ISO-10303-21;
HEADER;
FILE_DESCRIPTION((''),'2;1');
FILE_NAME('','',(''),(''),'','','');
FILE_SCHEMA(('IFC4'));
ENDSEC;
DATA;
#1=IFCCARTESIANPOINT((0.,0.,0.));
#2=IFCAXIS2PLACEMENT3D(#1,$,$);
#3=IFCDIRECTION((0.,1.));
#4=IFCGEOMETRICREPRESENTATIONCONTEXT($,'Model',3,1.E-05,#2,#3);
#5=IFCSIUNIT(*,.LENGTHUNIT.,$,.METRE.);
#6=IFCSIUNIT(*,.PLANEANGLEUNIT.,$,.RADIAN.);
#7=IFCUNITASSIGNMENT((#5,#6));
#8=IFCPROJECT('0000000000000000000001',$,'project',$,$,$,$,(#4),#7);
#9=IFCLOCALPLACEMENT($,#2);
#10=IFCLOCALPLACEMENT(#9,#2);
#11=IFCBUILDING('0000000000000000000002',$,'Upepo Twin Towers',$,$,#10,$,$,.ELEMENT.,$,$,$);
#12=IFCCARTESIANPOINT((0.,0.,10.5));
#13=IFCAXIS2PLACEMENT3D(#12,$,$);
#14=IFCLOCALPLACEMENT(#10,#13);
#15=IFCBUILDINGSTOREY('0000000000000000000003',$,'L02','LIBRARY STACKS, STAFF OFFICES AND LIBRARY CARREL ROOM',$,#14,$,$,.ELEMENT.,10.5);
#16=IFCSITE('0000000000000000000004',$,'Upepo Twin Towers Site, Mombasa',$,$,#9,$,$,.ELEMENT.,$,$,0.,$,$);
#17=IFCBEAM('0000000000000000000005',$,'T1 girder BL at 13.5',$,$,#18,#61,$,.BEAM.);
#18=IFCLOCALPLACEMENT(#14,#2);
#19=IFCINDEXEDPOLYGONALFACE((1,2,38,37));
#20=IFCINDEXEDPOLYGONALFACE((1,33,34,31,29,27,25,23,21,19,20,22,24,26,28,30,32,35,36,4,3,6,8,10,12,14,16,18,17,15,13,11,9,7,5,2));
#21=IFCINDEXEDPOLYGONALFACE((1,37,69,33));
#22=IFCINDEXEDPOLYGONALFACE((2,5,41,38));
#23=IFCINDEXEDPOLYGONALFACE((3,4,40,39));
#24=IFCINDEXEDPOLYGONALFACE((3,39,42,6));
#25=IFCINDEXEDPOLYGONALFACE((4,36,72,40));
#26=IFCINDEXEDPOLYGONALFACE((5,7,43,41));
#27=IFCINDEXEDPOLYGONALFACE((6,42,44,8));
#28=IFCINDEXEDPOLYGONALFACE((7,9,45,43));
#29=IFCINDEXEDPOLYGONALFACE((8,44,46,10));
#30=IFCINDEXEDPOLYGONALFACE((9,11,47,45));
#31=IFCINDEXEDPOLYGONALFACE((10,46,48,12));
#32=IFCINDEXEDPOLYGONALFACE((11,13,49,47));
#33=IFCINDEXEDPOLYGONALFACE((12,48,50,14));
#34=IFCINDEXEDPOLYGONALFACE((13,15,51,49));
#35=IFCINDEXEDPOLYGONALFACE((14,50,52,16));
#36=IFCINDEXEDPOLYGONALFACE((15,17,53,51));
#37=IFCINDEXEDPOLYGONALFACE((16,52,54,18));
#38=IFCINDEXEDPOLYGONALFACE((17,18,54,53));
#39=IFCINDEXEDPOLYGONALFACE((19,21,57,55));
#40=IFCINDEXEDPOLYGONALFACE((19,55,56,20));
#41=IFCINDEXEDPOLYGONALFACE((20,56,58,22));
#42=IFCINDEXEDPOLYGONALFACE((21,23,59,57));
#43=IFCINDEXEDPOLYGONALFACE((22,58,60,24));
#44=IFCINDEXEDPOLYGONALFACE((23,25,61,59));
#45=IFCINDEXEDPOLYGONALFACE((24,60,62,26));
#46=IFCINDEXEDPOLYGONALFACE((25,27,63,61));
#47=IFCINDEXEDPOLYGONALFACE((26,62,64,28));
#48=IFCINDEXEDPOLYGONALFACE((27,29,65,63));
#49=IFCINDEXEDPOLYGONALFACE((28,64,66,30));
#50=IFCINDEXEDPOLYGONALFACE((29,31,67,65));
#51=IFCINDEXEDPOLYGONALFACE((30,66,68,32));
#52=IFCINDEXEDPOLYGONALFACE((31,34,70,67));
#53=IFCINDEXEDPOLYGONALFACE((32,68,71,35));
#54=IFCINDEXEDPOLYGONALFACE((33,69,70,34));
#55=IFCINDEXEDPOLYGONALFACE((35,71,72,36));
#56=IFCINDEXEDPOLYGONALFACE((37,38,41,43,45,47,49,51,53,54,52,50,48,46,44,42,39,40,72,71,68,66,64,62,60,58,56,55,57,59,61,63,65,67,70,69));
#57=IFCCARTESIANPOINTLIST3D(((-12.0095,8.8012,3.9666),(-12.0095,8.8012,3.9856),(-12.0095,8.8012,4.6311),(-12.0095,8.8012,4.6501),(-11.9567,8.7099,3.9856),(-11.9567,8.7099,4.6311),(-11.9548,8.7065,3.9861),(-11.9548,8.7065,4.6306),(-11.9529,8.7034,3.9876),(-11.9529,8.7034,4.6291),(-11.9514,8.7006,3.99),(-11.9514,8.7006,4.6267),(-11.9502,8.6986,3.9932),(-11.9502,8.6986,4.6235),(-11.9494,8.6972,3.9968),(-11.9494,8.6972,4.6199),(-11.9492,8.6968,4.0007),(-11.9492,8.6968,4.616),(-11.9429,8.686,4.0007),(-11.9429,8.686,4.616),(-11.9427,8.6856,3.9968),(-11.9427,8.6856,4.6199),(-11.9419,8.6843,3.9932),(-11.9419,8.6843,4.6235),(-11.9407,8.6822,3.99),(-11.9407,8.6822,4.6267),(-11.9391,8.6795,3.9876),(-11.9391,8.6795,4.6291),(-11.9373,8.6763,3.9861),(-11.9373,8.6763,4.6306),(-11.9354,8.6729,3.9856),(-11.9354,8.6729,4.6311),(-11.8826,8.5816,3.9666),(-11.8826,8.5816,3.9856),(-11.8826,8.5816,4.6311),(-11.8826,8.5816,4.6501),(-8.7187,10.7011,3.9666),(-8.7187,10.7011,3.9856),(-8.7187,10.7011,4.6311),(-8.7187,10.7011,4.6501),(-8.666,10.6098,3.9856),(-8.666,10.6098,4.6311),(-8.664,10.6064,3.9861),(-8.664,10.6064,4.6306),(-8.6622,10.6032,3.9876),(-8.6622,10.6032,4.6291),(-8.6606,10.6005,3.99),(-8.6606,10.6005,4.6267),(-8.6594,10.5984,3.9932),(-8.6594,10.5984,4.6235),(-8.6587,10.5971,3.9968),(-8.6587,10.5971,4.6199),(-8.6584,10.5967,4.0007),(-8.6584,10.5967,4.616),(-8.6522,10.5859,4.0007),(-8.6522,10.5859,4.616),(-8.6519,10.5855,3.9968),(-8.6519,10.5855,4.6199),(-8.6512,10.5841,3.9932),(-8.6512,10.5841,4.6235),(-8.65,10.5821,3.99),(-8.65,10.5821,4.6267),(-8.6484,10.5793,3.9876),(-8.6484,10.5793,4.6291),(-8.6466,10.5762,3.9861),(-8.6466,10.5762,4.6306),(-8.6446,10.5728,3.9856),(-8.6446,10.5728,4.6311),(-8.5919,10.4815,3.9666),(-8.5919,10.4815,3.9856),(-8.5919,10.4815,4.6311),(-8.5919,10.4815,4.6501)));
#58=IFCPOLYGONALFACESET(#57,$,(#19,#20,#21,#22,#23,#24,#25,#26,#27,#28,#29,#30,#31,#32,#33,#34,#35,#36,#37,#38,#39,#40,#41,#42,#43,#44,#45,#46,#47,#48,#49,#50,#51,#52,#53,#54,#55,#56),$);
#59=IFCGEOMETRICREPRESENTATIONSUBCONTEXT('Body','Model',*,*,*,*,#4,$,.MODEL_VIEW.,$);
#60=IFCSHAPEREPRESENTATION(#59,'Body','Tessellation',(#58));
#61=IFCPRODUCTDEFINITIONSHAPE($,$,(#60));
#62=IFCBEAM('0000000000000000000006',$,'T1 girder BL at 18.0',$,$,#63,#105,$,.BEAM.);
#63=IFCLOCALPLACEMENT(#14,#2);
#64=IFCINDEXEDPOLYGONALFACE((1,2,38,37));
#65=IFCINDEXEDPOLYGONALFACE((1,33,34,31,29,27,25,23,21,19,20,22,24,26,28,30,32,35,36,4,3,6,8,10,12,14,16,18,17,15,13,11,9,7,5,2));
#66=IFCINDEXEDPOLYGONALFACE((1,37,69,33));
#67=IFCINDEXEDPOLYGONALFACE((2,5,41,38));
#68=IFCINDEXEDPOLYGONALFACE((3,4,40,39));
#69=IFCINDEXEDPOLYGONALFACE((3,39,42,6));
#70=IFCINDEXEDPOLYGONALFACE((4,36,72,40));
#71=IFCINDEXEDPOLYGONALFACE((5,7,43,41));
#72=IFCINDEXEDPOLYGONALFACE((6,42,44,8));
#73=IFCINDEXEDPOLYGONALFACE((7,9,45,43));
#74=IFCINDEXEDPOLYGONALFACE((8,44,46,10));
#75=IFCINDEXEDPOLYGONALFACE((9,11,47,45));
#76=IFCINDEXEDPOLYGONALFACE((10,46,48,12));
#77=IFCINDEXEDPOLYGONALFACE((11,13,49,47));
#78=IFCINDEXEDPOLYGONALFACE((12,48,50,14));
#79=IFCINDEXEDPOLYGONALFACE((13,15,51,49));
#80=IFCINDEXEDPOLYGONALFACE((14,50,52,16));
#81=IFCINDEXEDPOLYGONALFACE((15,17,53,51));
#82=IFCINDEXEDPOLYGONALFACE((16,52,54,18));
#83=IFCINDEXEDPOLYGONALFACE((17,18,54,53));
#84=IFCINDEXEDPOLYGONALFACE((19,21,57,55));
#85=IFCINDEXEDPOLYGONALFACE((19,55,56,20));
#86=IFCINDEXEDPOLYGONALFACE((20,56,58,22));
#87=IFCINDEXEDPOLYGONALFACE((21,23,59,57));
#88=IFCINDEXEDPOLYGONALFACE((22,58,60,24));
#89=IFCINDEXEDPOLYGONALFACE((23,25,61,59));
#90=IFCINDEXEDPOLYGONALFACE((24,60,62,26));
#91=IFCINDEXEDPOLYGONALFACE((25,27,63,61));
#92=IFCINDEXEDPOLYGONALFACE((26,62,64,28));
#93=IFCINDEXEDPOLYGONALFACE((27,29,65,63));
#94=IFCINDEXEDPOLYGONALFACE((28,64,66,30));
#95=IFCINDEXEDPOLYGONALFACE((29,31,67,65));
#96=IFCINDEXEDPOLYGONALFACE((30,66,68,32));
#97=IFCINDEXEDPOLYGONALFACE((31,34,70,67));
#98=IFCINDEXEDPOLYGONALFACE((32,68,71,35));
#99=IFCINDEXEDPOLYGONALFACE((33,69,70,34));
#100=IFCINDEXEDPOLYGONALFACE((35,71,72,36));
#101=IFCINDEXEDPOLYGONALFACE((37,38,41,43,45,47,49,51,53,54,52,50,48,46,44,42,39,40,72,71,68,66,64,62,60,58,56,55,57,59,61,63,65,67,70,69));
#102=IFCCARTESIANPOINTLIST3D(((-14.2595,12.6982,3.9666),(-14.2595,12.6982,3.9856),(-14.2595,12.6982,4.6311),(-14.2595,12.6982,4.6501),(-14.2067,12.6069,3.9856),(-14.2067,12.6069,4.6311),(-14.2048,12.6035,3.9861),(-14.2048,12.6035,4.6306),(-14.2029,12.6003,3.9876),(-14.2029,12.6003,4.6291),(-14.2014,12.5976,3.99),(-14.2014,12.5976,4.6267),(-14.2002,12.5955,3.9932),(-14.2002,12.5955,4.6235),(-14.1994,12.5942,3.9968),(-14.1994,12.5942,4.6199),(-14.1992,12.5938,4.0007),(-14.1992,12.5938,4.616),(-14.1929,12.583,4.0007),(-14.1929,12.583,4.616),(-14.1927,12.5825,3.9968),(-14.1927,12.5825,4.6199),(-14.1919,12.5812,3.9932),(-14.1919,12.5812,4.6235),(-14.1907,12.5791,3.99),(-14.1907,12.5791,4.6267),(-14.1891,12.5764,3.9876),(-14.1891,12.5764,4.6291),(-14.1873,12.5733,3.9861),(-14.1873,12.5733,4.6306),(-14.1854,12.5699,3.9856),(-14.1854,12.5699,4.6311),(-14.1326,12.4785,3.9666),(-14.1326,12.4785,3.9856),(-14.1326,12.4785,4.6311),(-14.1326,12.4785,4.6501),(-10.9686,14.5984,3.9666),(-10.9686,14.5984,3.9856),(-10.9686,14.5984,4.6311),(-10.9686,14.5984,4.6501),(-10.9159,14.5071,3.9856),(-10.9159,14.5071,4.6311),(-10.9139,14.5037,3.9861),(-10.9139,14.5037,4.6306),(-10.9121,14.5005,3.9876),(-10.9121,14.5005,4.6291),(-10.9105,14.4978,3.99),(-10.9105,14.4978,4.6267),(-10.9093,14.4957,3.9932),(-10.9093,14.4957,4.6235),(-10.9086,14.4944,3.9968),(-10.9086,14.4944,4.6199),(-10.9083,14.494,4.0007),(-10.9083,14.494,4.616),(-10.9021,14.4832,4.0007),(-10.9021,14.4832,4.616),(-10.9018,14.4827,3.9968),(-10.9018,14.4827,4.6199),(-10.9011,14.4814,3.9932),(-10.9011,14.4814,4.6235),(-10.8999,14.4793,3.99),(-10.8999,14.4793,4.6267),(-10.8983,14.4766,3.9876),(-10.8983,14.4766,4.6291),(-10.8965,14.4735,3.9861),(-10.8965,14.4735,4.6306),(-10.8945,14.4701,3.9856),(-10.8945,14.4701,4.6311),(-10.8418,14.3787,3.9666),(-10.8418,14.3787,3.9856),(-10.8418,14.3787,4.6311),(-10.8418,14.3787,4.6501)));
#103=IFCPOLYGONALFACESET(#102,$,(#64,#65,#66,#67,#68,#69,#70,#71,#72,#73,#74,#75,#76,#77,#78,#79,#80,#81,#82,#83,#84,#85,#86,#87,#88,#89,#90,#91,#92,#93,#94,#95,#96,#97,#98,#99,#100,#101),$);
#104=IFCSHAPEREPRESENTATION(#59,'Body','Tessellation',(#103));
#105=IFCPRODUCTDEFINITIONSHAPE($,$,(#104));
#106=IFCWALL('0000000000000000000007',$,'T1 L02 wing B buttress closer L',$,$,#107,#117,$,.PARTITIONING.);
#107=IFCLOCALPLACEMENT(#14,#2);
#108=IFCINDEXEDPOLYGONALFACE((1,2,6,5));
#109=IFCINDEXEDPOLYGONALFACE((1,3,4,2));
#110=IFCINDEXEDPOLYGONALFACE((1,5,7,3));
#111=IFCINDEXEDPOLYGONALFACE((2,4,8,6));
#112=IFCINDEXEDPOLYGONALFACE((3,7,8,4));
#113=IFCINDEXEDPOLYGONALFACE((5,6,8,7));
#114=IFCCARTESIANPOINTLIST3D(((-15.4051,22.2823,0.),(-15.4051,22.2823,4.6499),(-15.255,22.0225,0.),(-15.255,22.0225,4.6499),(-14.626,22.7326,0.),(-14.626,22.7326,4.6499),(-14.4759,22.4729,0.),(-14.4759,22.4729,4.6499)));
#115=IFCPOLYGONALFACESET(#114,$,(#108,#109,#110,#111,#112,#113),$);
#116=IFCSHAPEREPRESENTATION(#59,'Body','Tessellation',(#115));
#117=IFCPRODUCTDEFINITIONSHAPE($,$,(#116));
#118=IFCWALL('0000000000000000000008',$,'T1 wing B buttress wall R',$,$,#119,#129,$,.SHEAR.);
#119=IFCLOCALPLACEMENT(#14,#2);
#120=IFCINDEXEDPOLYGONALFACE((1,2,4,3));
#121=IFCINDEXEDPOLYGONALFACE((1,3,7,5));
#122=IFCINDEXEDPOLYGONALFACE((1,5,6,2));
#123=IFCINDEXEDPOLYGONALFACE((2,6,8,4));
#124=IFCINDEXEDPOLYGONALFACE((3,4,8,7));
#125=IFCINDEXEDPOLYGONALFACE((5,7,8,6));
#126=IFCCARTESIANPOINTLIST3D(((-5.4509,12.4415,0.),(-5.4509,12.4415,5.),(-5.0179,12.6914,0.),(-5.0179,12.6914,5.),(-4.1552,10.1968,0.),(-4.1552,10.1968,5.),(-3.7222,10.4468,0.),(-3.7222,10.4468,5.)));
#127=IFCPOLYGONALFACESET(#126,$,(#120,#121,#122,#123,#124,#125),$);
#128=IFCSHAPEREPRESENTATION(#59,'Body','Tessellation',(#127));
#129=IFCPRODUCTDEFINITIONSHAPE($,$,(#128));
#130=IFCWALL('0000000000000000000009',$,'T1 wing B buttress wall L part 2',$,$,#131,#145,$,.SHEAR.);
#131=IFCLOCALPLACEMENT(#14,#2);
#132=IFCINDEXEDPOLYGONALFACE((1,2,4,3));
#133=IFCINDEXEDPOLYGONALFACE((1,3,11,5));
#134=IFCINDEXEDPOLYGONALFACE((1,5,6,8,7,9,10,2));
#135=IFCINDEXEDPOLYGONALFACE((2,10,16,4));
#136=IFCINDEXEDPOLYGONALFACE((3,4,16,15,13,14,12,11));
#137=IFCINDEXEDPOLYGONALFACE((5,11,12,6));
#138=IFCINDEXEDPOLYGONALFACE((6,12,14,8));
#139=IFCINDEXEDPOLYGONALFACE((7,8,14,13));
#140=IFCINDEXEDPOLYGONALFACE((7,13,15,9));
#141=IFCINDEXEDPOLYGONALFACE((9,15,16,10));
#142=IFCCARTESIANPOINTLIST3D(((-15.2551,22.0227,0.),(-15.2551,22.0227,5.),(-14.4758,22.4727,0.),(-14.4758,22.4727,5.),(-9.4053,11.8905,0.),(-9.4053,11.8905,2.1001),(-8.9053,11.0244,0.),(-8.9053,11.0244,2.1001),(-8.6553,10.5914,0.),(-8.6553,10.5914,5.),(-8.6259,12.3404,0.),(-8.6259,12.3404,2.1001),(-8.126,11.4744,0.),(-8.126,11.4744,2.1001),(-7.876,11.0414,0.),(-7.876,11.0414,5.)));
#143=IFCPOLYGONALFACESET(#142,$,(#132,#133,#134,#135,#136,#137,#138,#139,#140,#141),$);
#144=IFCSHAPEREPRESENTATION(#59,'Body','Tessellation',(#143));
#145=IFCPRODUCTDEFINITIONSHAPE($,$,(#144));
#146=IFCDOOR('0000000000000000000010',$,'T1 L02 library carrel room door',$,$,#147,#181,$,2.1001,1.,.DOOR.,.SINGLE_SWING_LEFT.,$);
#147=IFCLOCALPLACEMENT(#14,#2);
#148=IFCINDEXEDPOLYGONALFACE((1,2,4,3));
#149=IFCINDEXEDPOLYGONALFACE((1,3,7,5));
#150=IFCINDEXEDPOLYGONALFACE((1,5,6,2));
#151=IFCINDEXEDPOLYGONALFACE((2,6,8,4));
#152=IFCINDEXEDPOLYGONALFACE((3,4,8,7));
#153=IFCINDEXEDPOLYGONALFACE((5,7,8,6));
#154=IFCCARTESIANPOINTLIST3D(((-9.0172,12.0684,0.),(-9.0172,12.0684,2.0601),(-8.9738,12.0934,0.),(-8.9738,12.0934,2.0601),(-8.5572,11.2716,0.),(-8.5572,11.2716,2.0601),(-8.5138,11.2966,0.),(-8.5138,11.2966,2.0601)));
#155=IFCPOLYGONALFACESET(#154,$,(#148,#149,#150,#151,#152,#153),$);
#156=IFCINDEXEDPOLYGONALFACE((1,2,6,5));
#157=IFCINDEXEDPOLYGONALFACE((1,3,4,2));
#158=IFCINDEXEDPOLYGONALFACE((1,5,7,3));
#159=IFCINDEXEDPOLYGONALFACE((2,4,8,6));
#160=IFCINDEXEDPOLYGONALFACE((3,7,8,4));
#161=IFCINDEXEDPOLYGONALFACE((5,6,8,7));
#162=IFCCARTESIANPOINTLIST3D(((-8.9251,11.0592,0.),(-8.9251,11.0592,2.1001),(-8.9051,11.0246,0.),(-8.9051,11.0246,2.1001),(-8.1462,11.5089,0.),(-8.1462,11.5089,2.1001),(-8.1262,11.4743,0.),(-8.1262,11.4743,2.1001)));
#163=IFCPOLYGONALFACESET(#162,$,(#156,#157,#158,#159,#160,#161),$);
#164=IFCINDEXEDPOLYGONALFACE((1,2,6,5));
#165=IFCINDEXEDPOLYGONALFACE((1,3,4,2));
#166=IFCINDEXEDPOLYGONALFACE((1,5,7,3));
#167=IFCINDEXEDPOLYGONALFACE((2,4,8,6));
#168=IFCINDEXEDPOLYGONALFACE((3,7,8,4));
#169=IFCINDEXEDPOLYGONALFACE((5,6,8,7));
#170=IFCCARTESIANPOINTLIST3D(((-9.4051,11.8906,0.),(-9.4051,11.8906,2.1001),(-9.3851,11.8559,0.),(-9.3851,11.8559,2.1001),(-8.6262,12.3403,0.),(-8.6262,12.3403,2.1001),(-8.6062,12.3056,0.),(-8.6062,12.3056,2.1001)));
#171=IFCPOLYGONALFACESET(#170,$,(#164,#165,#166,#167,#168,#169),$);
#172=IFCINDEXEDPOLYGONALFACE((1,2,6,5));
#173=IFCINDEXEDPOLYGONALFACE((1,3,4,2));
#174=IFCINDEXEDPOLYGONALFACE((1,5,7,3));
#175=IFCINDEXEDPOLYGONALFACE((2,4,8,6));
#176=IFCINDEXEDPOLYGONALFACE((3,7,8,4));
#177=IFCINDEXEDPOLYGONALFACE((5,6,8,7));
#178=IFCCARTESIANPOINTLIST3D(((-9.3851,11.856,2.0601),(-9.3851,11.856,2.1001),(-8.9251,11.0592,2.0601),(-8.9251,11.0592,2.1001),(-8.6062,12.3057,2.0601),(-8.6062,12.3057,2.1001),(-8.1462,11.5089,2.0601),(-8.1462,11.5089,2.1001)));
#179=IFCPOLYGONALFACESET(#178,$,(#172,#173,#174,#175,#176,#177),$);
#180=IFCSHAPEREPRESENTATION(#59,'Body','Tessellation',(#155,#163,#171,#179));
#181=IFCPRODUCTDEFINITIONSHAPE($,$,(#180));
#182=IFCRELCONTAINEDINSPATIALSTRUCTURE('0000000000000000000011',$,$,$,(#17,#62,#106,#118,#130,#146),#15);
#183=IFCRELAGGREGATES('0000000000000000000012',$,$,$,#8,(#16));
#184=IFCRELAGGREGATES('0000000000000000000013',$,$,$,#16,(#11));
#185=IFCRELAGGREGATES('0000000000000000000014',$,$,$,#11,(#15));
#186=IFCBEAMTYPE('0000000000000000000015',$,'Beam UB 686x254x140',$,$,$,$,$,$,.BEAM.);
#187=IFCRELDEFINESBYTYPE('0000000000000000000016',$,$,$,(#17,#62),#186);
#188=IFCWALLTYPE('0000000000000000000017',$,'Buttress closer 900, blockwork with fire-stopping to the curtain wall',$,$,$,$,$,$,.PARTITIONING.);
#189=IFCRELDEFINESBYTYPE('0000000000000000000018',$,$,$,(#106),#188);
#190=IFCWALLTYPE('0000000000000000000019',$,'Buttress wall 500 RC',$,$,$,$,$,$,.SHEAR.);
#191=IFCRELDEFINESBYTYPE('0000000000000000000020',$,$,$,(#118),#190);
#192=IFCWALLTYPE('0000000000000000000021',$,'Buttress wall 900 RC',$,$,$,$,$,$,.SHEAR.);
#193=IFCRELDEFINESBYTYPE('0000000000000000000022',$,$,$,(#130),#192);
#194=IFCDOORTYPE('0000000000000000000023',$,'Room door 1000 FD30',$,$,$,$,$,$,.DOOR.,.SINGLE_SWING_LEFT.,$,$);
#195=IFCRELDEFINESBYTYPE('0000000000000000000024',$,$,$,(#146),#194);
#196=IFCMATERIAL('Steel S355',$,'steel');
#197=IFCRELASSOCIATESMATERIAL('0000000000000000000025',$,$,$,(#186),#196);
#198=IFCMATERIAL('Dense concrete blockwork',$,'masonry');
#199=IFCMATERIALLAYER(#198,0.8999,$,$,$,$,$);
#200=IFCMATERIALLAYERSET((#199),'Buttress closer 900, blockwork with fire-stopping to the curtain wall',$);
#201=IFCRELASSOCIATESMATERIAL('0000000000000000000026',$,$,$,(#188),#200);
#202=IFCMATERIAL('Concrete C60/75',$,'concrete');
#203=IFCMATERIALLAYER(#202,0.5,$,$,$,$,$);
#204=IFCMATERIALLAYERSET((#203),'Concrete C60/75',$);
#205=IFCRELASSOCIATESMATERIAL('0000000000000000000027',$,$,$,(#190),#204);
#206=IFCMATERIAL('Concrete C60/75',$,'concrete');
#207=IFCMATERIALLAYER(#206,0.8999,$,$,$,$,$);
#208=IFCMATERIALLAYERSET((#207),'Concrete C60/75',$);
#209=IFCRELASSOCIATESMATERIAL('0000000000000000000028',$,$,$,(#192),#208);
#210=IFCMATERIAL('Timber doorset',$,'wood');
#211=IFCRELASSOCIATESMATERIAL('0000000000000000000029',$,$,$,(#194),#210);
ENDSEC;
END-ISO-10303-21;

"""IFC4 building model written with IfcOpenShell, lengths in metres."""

from ifc_helpers import new_model, si_unit, direction, frame, frame_2d, origin, origin_2d, place, context, subcontext, project, spatial, rectangle, i_section, extrude, material, layer, layer_set, material_profile, profile_set, type_object, element, fill, save


model = new_model("IFC4")

# Units and contexts
model_context = context("Model", 3, precision=1e-05, world=origin(), true_north=direction((0.0, 1.0)))
body_context = subcontext(model_context, "Body", "Model", "MODEL_VIEW")
ifc_project = project(units=[si_unit("LENGTHUNIT", "METRE"), si_unit("PLANEANGLEUNIT", "RADIAN")], contexts=[model_context])

# Site, building, storey
site_placement = place(None, origin())
site = spatial("IfcSite", under=ifc_project, at=site_placement, Name="Upepo Twin Towers Site, Mombasa", CompositionType="ELEMENT", RefElevation=0.0)
building_placement = place(site_placement, origin())
building = spatial("IfcBuilding", under=site, at=building_placement, Name="Upepo Twin Towers", CompositionType="ELEMENT")
storey_placement = place(building_placement, frame((0.0, 0.0, 10.5)))
storey = spatial("IfcBuildingStorey", under=building, at=storey_placement, Name="L02", Description="LIBRARY STACKS, STAFF OFFICES AND LIBRARY CARREL ROOM", CompositionType="ELEMENT", Elevation=10.5)

# Beams
ifc_material_1 = material(Name="Steel S355", Category="steel")
ifc_material_profile_1 = material_profile(ifc_material_1, i_section(OverallWidth=0.2537, OverallDepth=0.6836, WebThickness=0.0125, FlangeThickness=0.019, FilletRadius=0.0151, at=origin_2d()), Name="UB 686x254x140")
ifc_profile_set_1 = profile_set([ifc_material_profile_1], Name="Steel S355")
beam_type_1 = type_object("IfcBeamType", Name="Beam UB 686x254x140", PredefinedType="BEAM", material=ifc_profile_set_1)
beam_1_placement = place(storey_placement, frame((-11.946, 8.6914, 4.3083), z_axis=(0.866028, 0.499995, 0.0), x_axis=(-0.499995, 0.866028, 0.0)))
element("IfcBeam", 1, at=beam_1_placement, inside=storey, type_object=beam_type_1, Name="T1 girder BL at 13.5", PredefinedType="BEAM", context=body_context, shape_type="SweptSolid", body=[
    extrude(i_section(OverallWidth=0.2537, OverallDepth=0.6836, WebThickness=0.0125, FlangeThickness=0.019, FilletRadius=0.0151, at=origin_2d()), origin(), (0.0, 0.0, 1.0), 3.7998),
])
beam_2_placement = place(storey_placement, frame((-14.196, 12.5884, 4.3083), z_axis=(0.866, 0.500043, 0.0), x_axis=(-0.500043, 0.866, 0.0)))
element("IfcBeam", 2, at=beam_2_placement, inside=storey, type_object=beam_type_1, Name="T1 girder BL at 18.0", PredefinedType="BEAM", context=body_context, shape_type="SweptSolid", body=[
    extrude(i_section(OverallWidth=0.2537, OverallDepth=0.6836, WebThickness=0.0125, FlangeThickness=0.019, FilletRadius=0.0151, at=origin_2d()), origin(), (0.0, 0.0, 1.0), 3.8),
])

# Walls
ifc_material_2 = material(Name="Dense concrete blockwork", Category="masonry")
ifc_layer_1 = layer(ifc_material_2, 0.8999)
ifc_layer_set_1 = layer_set([ifc_layer_1], Name="Buttress closer 900, blockwork with fire-stopping to the curtain wall")
wall_type_1 = type_object("IfcWallType", Name="Buttress closer 900, blockwork with fire-stopping to the curtain wall", PredefinedType="PARTITIONING", material=ifc_layer_set_1)
wall_1_placement = place(storey_placement, frame((-14.8655, 22.2478, 0.0), z_axis=(0.0, 0.0, 1.0), x_axis=(-0.500427, 0.865779, 0.0)))
element("IfcWall", 3, at=wall_1_placement, inside=storey, type_object=wall_type_1, Name="T1 L02 wing B buttress closer L", PredefinedType="PARTITIONING", context=body_context, shape_type="SweptSolid", body=[
    extrude(rectangle(XDim=0.3, YDim=0.8999, at=frame_2d((0.1499, 0.0))), origin(), (0.0, 0.0, 1.0), 4.6499),
])
ifc_material_3 = material(Name="Concrete C60/75", Category="concrete")
ifc_layer_2 = layer(ifc_material_3, 0.5)
ifc_layer_set_2 = layer_set([ifc_layer_2], Name="Concrete C60/75")
wall_type_2 = type_object("IfcWallType", Name="Buttress wall 500 RC", PredefinedType="SHEAR", material=ifc_layer_set_2)
wall_2_placement = place(storey_placement, frame((-3.9387, 10.3218, 0.0), z_axis=(0.0, 0.0, 1.0), x_axis=(-0.499918, 0.866073, 0.0)))
element("IfcWall", 4, at=wall_2_placement, inside=storey, type_object=wall_type_2, Name="T1 wing B buttress wall R", PredefinedType="SHEAR", context=body_context, shape_type="SweptSolid", body=[
    extrude(rectangle(XDim=2.5918, YDim=0.5, at=frame_2d((1.2959, 0.0))), origin(), (0.0, 0.0, 1.0), 5.0),
])

# Wall, opening, door
ifc_material_4 = material(Name="Concrete C60/75", Category="concrete")
ifc_layer_3 = layer(ifc_material_4, 0.8999)
ifc_layer_set_3 = layer_set([ifc_layer_3], Name="Concrete C60/75")
wall_type_3 = type_object("IfcWallType", Name="Buttress wall 900 RC", PredefinedType="SHEAR", material=ifc_layer_set_3)
wall_3_placement = place(storey_placement, frame((-8.2656, 10.8164, 0.0), z_axis=(0.0, 0.0, 1.0), x_axis=(-0.499996, 0.866028, 0.0)))
wall_3 = element("IfcWall", 5, at=wall_3_placement, inside=storey, type_object=wall_type_3, Name="T1 wing B buttress wall L part 2", PredefinedType="SHEAR", context=body_context, shape_type="SweptSolid", body=[
    extrude(rectangle(XDim=13.1997, YDim=0.8999, at=frame_2d((6.5999, 0.0))), origin(), (0.0, 0.0, 1.0), 5.0),
])
opening_1_placement = place(wall_3_placement, frame((0.5, 0.0, 0.0)))
opening_1 = element("IfcOpeningElement", 6, at=opening_1_placement, cuts=wall_3, PredefinedType="OPENING", context=body_context, shape_type="SweptSolid", body=[
    extrude(rectangle(XDim=1.0, YDim=2.1001, at=frame_2d((0.5, 1.05))), frame((0.0, 0.46, 0.0), z_axis=(0.0, -1.0, 0.0), x_axis=(1.0, 0.0, 0.0)), (0.0, 0.0, 1.0), 0.9199),
])
ifc_material_5 = material(Name="Timber doorset", Category="wood")
door_type_1 = type_object("IfcDoorType", Name="Room door 1000 FD30", OperationType="SINGLE_SWING_LEFT", PredefinedType="DOOR", material=ifc_material_5)
door_1_placement = place(opening_1_placement, origin())
door_1 = element("IfcDoor", 7, at=door_1_placement, inside=storey, type_object=door_type_1, Name="T1 L02 library carrel room door", OperationType="SINGLE_SWING_LEFT", OverallHeight=2.1001, OverallWidth=1.0, PredefinedType="DOOR", context=body_context, shape_type="SweptSolid", body=[
    extrude(rectangle(XDim=0.92, YDim=2.0601, at=frame_2d((0.5, 1.03))), frame((0.0, 0.0249, 0.0), z_axis=(0.0, -1.0, 0.0), x_axis=(1.0, 0.0, 0.0)), (0.0, 0.0, 1.0), 0.05),
    extrude(rectangle(XDim=0.04, YDim=2.1001, at=frame_2d((0.02, 1.05))), frame((0.0, 0.4497, 0.0), z_axis=(0.0, -1.0, 0.0), x_axis=(1.0, 0.0, 0.0)), (0.0, 0.0, 1.0), 0.8994),
    extrude(rectangle(XDim=0.04, YDim=2.1001, at=frame_2d((0.98, 1.05))), frame((0.0, 0.4497, 0.0), z_axis=(0.0, -1.0, 0.0), x_axis=(1.0, 0.0, 0.0)), (0.0, 0.0, 1.0), 0.8994),
    extrude(rectangle(XDim=0.92, YDim=0.04, at=frame_2d((0.5, 2.0801))), frame((0.0, 0.4497, 0.0), z_axis=(0.0, -1.0, 0.0), x_axis=(1.0, 0.0, 0.0)), (0.0, 0.0, 1.0), 0.8994),
])
fill(opening_1, door_1)

save(model, "model.ifc")
